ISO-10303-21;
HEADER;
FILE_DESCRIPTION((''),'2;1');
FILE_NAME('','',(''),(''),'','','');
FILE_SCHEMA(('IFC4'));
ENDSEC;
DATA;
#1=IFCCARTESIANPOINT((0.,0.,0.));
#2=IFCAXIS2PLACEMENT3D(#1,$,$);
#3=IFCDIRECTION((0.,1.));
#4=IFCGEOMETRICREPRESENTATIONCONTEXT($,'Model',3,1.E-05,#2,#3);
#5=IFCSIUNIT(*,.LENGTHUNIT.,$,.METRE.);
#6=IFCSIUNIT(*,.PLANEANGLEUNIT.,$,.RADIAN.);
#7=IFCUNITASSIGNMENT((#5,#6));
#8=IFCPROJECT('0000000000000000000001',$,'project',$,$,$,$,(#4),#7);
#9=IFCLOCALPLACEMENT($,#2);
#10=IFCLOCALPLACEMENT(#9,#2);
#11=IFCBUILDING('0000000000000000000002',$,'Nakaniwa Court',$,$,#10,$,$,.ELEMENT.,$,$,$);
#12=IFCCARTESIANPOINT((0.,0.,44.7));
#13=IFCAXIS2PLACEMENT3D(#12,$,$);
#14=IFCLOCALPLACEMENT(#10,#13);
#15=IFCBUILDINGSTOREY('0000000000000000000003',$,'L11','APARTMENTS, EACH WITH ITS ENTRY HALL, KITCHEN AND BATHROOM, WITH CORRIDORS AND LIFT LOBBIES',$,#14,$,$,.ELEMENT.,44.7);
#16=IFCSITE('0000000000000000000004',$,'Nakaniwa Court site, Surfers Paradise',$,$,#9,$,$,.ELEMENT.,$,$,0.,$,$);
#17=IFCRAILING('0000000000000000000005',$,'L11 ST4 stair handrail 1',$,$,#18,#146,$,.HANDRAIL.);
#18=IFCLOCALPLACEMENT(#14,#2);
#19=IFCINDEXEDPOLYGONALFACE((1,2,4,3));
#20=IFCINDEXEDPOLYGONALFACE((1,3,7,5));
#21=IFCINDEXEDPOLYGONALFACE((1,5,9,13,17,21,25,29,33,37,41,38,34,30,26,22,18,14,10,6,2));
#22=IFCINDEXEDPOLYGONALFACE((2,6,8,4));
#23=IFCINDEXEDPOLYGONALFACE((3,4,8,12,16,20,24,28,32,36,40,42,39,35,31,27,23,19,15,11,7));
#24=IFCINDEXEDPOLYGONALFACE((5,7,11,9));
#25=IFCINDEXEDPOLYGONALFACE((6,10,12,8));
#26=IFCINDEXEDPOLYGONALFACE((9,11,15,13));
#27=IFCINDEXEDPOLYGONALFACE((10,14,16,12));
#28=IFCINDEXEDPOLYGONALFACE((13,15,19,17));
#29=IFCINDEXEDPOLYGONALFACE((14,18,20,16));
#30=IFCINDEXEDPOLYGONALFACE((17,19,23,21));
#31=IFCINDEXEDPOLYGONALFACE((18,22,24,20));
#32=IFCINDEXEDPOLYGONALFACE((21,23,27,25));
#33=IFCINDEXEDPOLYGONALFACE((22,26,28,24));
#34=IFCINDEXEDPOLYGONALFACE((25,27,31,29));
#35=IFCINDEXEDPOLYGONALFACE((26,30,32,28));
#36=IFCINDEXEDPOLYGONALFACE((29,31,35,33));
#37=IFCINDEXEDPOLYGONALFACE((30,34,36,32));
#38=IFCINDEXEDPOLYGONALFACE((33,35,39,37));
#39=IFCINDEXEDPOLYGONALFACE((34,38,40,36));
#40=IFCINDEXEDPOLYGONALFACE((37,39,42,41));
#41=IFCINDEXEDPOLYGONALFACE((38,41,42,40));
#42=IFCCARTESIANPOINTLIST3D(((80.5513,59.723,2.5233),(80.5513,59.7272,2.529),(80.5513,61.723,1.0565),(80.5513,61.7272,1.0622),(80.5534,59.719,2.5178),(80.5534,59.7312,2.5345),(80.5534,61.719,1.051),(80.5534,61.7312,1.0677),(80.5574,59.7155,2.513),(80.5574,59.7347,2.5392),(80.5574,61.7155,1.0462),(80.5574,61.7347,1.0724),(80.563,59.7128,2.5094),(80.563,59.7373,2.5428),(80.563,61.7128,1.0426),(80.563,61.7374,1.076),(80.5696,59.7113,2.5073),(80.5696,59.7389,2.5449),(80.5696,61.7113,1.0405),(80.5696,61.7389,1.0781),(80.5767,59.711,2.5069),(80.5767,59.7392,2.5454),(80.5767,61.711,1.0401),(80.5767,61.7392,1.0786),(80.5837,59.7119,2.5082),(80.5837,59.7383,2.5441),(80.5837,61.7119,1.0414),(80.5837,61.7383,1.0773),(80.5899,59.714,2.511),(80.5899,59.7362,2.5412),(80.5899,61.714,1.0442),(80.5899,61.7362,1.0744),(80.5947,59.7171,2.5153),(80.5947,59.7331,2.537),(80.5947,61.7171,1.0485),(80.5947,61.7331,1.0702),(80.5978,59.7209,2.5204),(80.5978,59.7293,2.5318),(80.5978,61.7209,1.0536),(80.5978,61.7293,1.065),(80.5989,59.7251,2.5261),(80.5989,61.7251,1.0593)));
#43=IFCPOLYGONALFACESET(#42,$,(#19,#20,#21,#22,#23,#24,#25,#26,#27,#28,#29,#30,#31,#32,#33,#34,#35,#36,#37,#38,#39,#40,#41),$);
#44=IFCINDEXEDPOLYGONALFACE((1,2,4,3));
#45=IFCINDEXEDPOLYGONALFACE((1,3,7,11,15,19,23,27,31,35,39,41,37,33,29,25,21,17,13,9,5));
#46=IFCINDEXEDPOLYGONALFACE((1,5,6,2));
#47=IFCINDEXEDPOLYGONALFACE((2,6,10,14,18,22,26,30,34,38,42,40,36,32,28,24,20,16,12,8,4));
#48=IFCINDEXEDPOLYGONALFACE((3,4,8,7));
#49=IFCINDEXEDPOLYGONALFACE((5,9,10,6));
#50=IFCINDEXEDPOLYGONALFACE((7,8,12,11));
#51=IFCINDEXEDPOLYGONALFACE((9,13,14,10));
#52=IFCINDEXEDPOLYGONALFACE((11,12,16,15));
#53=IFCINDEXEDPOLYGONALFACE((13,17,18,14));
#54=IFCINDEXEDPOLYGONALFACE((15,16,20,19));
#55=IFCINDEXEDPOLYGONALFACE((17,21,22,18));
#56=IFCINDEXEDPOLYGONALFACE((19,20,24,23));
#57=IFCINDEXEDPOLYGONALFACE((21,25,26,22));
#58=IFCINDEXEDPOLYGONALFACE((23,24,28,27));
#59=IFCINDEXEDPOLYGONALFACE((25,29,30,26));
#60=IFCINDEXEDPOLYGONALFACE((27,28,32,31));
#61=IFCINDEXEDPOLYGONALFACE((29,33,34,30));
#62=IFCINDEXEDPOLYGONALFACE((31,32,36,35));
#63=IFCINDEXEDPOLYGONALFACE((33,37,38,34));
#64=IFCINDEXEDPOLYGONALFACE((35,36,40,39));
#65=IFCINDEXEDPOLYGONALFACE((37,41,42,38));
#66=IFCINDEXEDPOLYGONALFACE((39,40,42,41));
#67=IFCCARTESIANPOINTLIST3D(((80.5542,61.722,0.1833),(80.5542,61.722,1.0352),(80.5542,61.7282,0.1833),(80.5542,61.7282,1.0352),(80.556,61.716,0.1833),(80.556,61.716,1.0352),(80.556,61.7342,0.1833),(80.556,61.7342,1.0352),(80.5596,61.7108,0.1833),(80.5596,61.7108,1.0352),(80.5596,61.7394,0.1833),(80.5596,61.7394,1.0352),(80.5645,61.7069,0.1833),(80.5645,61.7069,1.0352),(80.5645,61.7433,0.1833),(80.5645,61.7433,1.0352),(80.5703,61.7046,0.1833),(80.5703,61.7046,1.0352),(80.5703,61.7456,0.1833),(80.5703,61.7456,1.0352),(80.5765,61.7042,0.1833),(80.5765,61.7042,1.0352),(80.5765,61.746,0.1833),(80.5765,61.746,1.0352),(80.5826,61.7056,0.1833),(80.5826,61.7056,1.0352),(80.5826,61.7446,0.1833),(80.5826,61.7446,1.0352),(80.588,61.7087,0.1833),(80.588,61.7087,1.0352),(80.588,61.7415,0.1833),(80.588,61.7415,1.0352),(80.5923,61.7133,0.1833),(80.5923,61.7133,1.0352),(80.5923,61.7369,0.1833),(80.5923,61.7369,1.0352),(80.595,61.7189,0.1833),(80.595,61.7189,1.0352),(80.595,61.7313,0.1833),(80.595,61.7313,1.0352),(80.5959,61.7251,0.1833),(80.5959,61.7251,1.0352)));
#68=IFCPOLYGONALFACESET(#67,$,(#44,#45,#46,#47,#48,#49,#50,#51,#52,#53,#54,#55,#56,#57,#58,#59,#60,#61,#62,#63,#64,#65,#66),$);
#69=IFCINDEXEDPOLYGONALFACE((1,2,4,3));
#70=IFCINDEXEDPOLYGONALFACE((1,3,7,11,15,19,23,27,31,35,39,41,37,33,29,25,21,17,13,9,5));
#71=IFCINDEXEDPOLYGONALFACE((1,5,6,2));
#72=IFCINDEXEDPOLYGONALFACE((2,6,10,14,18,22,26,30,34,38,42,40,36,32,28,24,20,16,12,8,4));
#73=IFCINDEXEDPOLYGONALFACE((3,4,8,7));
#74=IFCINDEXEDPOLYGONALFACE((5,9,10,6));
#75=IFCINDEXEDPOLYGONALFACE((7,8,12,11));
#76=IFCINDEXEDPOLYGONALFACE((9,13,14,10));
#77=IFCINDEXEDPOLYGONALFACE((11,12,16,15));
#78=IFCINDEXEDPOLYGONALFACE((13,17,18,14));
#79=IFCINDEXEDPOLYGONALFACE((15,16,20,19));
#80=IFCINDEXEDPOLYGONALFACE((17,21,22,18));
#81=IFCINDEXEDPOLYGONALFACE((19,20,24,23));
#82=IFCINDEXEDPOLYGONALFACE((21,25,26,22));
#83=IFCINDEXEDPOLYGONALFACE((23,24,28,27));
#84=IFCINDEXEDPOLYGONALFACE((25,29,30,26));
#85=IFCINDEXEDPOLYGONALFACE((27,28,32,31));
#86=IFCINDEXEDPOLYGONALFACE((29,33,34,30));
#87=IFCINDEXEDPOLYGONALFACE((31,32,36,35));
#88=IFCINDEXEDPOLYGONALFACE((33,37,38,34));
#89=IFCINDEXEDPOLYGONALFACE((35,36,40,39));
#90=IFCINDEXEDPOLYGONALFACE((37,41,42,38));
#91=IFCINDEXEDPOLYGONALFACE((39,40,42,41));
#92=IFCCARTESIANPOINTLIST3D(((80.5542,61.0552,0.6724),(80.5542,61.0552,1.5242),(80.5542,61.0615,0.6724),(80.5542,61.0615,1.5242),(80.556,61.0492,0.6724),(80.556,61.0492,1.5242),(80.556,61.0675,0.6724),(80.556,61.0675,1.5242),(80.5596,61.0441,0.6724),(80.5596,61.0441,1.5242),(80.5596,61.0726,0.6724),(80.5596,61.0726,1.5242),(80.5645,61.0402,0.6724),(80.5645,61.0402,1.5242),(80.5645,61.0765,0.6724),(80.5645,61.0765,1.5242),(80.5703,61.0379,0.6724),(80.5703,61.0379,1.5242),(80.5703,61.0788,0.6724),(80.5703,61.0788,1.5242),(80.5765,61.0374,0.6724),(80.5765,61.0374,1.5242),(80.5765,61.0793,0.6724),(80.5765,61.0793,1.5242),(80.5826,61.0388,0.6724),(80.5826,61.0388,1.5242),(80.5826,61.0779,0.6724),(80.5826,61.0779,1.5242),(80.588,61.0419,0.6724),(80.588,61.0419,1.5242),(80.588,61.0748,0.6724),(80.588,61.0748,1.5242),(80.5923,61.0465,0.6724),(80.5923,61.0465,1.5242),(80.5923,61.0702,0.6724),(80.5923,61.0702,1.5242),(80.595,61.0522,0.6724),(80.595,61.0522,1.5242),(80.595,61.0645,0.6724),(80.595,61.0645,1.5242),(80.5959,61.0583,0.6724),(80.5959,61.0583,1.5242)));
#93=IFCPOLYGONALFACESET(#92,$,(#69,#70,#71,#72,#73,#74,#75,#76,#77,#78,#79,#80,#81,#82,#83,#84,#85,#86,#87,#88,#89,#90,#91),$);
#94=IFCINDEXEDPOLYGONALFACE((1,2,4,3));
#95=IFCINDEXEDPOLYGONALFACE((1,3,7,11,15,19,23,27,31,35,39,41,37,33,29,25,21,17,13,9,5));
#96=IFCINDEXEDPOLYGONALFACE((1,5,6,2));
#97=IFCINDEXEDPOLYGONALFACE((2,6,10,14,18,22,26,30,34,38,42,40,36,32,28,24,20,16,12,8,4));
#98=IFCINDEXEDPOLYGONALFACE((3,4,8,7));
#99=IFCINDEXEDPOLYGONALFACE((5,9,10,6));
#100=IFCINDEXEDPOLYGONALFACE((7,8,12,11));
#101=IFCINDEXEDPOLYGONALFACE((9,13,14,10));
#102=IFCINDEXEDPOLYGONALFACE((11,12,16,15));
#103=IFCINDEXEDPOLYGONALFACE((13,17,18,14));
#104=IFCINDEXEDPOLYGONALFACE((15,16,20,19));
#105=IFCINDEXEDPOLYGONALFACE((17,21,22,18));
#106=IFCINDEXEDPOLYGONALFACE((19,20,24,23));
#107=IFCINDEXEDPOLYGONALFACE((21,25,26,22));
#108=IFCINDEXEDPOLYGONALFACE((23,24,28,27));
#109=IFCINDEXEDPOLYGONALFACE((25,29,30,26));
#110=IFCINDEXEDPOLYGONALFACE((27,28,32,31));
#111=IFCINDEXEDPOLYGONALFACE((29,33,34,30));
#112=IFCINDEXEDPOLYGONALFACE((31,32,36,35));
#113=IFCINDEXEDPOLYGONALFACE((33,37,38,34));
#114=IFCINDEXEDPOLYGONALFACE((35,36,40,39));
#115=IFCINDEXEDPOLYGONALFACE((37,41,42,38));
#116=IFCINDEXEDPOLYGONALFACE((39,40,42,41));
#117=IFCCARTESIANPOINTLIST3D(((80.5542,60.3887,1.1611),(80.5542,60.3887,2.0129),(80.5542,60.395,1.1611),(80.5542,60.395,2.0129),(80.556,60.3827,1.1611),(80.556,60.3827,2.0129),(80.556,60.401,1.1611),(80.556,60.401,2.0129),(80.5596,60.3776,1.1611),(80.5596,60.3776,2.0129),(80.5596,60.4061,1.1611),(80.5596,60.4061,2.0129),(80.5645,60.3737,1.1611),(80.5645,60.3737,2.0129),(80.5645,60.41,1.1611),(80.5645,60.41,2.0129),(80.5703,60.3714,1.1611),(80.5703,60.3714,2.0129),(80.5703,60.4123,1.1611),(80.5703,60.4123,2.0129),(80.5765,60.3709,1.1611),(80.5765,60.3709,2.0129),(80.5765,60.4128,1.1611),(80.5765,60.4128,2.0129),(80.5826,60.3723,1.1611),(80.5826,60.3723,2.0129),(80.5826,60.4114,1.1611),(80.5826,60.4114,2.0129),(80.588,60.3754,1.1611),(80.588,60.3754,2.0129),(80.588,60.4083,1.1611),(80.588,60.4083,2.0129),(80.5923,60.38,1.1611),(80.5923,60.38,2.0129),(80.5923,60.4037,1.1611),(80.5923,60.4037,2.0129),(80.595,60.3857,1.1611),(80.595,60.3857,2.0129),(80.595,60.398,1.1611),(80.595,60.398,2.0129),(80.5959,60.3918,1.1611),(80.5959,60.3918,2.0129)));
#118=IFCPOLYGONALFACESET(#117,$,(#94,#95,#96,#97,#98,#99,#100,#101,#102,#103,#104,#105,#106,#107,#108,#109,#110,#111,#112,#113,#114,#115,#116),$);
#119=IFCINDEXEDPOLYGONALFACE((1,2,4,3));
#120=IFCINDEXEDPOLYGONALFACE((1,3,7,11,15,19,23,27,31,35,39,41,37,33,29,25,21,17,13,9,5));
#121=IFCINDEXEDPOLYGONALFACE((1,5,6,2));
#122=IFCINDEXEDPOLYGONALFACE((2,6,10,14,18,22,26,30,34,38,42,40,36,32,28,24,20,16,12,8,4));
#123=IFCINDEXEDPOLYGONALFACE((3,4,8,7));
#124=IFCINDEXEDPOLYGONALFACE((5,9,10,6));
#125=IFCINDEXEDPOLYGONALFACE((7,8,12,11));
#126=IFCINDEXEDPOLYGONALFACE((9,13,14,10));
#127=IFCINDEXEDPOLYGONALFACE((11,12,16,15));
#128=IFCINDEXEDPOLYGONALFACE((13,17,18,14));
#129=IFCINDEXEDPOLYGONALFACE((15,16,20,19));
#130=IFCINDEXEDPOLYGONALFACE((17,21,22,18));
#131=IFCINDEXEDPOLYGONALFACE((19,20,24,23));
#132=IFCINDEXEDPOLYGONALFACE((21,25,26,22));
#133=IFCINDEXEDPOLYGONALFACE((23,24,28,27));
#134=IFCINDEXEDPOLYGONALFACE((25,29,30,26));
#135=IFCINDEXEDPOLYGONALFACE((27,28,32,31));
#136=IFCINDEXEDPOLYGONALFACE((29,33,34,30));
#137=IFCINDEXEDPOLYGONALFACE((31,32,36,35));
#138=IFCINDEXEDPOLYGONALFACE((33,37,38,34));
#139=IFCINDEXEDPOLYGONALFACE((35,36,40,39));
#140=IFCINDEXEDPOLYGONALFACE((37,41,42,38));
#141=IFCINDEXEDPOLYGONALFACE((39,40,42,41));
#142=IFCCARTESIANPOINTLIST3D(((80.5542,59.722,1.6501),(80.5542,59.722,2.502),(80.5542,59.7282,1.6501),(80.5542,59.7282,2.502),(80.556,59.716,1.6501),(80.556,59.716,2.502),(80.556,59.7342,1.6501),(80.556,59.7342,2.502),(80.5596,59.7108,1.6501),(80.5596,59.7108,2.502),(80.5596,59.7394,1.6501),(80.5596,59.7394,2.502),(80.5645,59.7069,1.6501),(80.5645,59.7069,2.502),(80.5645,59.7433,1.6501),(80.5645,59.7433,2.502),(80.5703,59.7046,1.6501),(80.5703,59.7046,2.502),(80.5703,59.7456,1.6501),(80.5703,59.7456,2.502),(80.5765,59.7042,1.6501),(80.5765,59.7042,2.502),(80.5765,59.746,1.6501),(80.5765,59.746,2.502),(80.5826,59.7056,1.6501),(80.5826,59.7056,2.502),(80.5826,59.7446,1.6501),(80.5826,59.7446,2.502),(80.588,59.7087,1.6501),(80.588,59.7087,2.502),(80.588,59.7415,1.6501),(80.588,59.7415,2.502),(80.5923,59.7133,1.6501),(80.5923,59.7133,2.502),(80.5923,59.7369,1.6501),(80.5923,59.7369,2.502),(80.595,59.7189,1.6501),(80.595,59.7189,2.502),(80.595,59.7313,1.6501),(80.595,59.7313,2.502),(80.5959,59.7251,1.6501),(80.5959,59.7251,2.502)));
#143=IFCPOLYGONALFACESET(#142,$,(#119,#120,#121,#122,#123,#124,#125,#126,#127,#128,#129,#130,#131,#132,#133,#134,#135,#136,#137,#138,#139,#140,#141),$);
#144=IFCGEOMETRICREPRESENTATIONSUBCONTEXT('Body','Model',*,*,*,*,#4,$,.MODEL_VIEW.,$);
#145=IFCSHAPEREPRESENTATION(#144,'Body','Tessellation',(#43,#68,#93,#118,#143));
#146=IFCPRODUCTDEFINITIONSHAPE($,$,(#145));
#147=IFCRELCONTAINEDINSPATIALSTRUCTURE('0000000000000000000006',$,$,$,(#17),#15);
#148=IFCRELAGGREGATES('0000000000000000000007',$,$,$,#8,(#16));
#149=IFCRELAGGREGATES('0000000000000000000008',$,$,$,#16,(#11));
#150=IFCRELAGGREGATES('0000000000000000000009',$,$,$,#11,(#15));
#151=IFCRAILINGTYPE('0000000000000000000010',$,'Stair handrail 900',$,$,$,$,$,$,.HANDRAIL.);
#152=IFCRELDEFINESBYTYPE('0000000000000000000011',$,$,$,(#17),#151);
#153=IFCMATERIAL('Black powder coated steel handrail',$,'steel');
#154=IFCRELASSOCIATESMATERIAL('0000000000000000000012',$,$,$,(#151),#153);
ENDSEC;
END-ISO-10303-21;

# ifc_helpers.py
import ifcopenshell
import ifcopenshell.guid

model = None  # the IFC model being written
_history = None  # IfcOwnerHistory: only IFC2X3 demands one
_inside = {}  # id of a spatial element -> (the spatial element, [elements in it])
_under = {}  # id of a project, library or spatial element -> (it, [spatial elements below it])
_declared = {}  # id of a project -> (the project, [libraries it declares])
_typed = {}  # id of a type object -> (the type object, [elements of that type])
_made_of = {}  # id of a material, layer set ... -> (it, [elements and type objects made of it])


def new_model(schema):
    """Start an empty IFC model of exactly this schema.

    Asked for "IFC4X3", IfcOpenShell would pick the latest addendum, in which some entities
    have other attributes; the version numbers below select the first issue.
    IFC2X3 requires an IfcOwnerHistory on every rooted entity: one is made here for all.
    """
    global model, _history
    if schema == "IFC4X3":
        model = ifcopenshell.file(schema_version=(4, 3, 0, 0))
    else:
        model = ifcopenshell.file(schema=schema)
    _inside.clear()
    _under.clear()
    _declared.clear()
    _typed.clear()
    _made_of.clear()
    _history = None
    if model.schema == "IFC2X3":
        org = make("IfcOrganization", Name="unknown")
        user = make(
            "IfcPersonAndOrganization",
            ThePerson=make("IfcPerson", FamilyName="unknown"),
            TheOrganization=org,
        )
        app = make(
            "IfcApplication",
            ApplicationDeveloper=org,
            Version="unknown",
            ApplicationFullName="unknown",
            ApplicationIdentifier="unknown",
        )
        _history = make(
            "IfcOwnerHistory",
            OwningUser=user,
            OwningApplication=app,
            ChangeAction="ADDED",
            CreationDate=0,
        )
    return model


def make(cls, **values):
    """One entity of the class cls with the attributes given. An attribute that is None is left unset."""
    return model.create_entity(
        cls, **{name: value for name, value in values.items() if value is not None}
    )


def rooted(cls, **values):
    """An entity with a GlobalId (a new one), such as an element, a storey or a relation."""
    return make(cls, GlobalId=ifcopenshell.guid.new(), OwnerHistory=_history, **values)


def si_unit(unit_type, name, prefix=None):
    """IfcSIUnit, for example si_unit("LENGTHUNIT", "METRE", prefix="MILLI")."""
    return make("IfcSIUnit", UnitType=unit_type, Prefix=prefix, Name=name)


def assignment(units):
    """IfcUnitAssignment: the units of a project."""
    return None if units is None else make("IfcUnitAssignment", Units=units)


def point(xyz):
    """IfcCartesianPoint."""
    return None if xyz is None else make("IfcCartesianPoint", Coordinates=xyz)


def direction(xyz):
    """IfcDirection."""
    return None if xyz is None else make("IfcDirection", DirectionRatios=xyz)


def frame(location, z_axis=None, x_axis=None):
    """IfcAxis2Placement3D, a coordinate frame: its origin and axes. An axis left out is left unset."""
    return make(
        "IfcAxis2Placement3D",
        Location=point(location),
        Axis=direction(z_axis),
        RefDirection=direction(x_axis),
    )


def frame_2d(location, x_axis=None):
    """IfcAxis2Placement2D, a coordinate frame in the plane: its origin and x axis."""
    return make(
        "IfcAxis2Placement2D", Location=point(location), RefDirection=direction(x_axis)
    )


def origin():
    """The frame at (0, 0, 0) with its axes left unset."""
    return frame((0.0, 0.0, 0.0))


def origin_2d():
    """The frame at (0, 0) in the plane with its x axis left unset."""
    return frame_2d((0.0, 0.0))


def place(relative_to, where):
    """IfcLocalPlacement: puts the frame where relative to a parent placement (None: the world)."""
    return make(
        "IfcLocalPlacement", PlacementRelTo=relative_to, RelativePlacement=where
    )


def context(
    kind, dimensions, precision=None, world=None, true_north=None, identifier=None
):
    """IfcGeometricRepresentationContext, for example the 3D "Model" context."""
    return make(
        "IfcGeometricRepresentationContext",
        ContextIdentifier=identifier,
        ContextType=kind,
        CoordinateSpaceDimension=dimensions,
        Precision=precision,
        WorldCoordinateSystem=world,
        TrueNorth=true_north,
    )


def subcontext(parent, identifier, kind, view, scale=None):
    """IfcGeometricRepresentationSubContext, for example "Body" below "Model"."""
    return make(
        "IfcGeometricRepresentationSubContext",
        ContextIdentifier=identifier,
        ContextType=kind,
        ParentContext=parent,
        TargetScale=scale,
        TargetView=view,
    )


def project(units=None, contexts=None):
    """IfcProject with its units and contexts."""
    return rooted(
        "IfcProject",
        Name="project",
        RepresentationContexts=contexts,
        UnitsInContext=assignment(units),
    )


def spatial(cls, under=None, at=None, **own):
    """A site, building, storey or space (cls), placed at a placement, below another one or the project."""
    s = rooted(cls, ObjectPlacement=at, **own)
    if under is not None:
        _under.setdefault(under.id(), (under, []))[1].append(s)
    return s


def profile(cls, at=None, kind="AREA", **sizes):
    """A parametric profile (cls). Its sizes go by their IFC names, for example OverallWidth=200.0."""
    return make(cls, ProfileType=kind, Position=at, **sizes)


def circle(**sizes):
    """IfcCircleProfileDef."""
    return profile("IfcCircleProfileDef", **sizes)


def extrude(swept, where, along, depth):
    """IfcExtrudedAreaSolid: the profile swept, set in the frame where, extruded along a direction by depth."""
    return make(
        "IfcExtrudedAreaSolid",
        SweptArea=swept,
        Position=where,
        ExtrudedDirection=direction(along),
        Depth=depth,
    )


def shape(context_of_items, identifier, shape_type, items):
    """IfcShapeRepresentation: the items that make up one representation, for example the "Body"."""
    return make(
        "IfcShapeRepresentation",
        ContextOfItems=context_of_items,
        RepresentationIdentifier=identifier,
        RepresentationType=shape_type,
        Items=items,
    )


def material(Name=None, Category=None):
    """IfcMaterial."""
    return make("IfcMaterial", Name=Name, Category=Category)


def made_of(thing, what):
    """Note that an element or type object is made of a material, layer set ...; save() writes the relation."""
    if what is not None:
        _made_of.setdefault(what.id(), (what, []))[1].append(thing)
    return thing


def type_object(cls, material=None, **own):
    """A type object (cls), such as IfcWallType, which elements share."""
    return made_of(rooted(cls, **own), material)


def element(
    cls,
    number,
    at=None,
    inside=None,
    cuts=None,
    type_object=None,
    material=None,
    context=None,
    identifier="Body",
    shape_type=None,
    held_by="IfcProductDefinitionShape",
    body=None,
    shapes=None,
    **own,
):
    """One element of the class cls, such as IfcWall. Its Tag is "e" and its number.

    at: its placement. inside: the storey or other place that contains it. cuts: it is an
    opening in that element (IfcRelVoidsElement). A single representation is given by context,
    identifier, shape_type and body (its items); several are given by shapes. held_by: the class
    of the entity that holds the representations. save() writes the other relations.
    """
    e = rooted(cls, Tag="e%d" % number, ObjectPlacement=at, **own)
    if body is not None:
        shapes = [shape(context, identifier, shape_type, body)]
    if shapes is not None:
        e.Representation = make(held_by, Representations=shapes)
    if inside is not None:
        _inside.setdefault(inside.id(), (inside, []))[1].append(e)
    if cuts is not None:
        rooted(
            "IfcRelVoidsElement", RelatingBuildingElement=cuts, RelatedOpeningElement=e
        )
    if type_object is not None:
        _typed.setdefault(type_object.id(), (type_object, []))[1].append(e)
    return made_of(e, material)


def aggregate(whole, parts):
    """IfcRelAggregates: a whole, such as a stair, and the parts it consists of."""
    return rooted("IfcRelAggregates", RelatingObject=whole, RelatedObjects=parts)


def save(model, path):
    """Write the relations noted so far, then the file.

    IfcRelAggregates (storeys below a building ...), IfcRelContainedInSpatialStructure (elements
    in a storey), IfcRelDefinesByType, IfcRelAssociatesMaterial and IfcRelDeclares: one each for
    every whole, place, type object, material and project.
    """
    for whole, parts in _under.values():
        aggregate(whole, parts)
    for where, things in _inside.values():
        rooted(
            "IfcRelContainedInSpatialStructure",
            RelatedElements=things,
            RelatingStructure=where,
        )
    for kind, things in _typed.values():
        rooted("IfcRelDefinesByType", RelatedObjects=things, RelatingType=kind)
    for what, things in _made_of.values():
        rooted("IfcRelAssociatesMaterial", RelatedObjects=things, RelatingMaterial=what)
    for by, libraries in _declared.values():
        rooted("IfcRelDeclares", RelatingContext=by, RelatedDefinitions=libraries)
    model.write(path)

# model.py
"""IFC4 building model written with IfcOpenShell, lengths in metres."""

from ifc_helpers import new_model, si_unit, direction, frame, origin, origin_2d, place, context, subcontext, project, spatial, circle, extrude, material, type_object, element, save


model = new_model("IFC4")

# Units and contexts
model_context = context("Model", 3, precision=1e-05, world=origin(), true_north=direction((0.0, 1.0)))
body_context = subcontext(model_context, "Body", "Model", "MODEL_VIEW")
ifc_project = project(units=[si_unit("LENGTHUNIT", "METRE"), si_unit("PLANEANGLEUNIT", "RADIAN")], contexts=[model_context])

# Site, building, storey
site_placement = place(None, origin())
site = spatial("IfcSite", under=ifc_project, at=site_placement, Name="Nakaniwa Court site, Surfers Paradise", CompositionType="ELEMENT", RefElevation=0.0)
building_placement = place(site_placement, origin())
building = spatial("IfcBuilding", under=site, at=building_placement, Name="Nakaniwa Court", CompositionType="ELEMENT")
storey_placement = place(building_placement, frame((0.0, 0.0, 44.7)))
storey = spatial("IfcBuildingStorey", under=building, at=storey_placement, Name="L11", Description="APARTMENTS, EACH WITH ITS ENTRY HALL, KITCHEN AND BATHROOM, WITH CORRIDORS AND LIFT LOBBIES", CompositionType="ELEMENT", Elevation=44.7)

# Railing
ifc_material_1 = material(Name="Black powder coated steel handrail", Category="steel")
railing_type_1 = type_object("IfcRailingType", Name="Stair handrail 900", PredefinedType="HANDRAIL", material=ifc_material_1)
railing_1_placement = place(storey_placement, frame((80.575, 61.7251, 0.1833)))
element("IfcRailing", 1, at=railing_1_placement, inside=storey, type_object=railing_type_1, Name="L11 ST4 stair handrail 1", PredefinedType="HANDRAIL", context=body_context, shape_type="SweptSolid", body=[
    extrude(circle(Radius=0.0239, at=origin_2d()), frame((0.0, 0.0, 0.876), z_axis=(0.0, -0.80638, 0.591398), x_axis=(1.0, 0.0, 0.0)), (0.0, 0.0, 1.0), 2.4802),
    extrude(circle(Radius=0.021, at=origin_2d()), origin(), (0.0, 0.0, 1.0), 0.8518),
    extrude(circle(Radius=0.021, at=origin_2d()), frame((0.0, -0.6667, 0.489)), (0.0, 0.0, 1.0), 0.8518),
    extrude(circle(Radius=0.021, at=origin_2d()), frame((0.0, -1.3333, 0.9778)), (0.0, 0.0, 1.0), 0.8518),
    extrude(circle(Radius=0.021, at=origin_2d()), frame((0.0, -2.0, 1.4668)), (0.0, 0.0, 1.0), 0.8518),
])

save(model, "model.ifc")
